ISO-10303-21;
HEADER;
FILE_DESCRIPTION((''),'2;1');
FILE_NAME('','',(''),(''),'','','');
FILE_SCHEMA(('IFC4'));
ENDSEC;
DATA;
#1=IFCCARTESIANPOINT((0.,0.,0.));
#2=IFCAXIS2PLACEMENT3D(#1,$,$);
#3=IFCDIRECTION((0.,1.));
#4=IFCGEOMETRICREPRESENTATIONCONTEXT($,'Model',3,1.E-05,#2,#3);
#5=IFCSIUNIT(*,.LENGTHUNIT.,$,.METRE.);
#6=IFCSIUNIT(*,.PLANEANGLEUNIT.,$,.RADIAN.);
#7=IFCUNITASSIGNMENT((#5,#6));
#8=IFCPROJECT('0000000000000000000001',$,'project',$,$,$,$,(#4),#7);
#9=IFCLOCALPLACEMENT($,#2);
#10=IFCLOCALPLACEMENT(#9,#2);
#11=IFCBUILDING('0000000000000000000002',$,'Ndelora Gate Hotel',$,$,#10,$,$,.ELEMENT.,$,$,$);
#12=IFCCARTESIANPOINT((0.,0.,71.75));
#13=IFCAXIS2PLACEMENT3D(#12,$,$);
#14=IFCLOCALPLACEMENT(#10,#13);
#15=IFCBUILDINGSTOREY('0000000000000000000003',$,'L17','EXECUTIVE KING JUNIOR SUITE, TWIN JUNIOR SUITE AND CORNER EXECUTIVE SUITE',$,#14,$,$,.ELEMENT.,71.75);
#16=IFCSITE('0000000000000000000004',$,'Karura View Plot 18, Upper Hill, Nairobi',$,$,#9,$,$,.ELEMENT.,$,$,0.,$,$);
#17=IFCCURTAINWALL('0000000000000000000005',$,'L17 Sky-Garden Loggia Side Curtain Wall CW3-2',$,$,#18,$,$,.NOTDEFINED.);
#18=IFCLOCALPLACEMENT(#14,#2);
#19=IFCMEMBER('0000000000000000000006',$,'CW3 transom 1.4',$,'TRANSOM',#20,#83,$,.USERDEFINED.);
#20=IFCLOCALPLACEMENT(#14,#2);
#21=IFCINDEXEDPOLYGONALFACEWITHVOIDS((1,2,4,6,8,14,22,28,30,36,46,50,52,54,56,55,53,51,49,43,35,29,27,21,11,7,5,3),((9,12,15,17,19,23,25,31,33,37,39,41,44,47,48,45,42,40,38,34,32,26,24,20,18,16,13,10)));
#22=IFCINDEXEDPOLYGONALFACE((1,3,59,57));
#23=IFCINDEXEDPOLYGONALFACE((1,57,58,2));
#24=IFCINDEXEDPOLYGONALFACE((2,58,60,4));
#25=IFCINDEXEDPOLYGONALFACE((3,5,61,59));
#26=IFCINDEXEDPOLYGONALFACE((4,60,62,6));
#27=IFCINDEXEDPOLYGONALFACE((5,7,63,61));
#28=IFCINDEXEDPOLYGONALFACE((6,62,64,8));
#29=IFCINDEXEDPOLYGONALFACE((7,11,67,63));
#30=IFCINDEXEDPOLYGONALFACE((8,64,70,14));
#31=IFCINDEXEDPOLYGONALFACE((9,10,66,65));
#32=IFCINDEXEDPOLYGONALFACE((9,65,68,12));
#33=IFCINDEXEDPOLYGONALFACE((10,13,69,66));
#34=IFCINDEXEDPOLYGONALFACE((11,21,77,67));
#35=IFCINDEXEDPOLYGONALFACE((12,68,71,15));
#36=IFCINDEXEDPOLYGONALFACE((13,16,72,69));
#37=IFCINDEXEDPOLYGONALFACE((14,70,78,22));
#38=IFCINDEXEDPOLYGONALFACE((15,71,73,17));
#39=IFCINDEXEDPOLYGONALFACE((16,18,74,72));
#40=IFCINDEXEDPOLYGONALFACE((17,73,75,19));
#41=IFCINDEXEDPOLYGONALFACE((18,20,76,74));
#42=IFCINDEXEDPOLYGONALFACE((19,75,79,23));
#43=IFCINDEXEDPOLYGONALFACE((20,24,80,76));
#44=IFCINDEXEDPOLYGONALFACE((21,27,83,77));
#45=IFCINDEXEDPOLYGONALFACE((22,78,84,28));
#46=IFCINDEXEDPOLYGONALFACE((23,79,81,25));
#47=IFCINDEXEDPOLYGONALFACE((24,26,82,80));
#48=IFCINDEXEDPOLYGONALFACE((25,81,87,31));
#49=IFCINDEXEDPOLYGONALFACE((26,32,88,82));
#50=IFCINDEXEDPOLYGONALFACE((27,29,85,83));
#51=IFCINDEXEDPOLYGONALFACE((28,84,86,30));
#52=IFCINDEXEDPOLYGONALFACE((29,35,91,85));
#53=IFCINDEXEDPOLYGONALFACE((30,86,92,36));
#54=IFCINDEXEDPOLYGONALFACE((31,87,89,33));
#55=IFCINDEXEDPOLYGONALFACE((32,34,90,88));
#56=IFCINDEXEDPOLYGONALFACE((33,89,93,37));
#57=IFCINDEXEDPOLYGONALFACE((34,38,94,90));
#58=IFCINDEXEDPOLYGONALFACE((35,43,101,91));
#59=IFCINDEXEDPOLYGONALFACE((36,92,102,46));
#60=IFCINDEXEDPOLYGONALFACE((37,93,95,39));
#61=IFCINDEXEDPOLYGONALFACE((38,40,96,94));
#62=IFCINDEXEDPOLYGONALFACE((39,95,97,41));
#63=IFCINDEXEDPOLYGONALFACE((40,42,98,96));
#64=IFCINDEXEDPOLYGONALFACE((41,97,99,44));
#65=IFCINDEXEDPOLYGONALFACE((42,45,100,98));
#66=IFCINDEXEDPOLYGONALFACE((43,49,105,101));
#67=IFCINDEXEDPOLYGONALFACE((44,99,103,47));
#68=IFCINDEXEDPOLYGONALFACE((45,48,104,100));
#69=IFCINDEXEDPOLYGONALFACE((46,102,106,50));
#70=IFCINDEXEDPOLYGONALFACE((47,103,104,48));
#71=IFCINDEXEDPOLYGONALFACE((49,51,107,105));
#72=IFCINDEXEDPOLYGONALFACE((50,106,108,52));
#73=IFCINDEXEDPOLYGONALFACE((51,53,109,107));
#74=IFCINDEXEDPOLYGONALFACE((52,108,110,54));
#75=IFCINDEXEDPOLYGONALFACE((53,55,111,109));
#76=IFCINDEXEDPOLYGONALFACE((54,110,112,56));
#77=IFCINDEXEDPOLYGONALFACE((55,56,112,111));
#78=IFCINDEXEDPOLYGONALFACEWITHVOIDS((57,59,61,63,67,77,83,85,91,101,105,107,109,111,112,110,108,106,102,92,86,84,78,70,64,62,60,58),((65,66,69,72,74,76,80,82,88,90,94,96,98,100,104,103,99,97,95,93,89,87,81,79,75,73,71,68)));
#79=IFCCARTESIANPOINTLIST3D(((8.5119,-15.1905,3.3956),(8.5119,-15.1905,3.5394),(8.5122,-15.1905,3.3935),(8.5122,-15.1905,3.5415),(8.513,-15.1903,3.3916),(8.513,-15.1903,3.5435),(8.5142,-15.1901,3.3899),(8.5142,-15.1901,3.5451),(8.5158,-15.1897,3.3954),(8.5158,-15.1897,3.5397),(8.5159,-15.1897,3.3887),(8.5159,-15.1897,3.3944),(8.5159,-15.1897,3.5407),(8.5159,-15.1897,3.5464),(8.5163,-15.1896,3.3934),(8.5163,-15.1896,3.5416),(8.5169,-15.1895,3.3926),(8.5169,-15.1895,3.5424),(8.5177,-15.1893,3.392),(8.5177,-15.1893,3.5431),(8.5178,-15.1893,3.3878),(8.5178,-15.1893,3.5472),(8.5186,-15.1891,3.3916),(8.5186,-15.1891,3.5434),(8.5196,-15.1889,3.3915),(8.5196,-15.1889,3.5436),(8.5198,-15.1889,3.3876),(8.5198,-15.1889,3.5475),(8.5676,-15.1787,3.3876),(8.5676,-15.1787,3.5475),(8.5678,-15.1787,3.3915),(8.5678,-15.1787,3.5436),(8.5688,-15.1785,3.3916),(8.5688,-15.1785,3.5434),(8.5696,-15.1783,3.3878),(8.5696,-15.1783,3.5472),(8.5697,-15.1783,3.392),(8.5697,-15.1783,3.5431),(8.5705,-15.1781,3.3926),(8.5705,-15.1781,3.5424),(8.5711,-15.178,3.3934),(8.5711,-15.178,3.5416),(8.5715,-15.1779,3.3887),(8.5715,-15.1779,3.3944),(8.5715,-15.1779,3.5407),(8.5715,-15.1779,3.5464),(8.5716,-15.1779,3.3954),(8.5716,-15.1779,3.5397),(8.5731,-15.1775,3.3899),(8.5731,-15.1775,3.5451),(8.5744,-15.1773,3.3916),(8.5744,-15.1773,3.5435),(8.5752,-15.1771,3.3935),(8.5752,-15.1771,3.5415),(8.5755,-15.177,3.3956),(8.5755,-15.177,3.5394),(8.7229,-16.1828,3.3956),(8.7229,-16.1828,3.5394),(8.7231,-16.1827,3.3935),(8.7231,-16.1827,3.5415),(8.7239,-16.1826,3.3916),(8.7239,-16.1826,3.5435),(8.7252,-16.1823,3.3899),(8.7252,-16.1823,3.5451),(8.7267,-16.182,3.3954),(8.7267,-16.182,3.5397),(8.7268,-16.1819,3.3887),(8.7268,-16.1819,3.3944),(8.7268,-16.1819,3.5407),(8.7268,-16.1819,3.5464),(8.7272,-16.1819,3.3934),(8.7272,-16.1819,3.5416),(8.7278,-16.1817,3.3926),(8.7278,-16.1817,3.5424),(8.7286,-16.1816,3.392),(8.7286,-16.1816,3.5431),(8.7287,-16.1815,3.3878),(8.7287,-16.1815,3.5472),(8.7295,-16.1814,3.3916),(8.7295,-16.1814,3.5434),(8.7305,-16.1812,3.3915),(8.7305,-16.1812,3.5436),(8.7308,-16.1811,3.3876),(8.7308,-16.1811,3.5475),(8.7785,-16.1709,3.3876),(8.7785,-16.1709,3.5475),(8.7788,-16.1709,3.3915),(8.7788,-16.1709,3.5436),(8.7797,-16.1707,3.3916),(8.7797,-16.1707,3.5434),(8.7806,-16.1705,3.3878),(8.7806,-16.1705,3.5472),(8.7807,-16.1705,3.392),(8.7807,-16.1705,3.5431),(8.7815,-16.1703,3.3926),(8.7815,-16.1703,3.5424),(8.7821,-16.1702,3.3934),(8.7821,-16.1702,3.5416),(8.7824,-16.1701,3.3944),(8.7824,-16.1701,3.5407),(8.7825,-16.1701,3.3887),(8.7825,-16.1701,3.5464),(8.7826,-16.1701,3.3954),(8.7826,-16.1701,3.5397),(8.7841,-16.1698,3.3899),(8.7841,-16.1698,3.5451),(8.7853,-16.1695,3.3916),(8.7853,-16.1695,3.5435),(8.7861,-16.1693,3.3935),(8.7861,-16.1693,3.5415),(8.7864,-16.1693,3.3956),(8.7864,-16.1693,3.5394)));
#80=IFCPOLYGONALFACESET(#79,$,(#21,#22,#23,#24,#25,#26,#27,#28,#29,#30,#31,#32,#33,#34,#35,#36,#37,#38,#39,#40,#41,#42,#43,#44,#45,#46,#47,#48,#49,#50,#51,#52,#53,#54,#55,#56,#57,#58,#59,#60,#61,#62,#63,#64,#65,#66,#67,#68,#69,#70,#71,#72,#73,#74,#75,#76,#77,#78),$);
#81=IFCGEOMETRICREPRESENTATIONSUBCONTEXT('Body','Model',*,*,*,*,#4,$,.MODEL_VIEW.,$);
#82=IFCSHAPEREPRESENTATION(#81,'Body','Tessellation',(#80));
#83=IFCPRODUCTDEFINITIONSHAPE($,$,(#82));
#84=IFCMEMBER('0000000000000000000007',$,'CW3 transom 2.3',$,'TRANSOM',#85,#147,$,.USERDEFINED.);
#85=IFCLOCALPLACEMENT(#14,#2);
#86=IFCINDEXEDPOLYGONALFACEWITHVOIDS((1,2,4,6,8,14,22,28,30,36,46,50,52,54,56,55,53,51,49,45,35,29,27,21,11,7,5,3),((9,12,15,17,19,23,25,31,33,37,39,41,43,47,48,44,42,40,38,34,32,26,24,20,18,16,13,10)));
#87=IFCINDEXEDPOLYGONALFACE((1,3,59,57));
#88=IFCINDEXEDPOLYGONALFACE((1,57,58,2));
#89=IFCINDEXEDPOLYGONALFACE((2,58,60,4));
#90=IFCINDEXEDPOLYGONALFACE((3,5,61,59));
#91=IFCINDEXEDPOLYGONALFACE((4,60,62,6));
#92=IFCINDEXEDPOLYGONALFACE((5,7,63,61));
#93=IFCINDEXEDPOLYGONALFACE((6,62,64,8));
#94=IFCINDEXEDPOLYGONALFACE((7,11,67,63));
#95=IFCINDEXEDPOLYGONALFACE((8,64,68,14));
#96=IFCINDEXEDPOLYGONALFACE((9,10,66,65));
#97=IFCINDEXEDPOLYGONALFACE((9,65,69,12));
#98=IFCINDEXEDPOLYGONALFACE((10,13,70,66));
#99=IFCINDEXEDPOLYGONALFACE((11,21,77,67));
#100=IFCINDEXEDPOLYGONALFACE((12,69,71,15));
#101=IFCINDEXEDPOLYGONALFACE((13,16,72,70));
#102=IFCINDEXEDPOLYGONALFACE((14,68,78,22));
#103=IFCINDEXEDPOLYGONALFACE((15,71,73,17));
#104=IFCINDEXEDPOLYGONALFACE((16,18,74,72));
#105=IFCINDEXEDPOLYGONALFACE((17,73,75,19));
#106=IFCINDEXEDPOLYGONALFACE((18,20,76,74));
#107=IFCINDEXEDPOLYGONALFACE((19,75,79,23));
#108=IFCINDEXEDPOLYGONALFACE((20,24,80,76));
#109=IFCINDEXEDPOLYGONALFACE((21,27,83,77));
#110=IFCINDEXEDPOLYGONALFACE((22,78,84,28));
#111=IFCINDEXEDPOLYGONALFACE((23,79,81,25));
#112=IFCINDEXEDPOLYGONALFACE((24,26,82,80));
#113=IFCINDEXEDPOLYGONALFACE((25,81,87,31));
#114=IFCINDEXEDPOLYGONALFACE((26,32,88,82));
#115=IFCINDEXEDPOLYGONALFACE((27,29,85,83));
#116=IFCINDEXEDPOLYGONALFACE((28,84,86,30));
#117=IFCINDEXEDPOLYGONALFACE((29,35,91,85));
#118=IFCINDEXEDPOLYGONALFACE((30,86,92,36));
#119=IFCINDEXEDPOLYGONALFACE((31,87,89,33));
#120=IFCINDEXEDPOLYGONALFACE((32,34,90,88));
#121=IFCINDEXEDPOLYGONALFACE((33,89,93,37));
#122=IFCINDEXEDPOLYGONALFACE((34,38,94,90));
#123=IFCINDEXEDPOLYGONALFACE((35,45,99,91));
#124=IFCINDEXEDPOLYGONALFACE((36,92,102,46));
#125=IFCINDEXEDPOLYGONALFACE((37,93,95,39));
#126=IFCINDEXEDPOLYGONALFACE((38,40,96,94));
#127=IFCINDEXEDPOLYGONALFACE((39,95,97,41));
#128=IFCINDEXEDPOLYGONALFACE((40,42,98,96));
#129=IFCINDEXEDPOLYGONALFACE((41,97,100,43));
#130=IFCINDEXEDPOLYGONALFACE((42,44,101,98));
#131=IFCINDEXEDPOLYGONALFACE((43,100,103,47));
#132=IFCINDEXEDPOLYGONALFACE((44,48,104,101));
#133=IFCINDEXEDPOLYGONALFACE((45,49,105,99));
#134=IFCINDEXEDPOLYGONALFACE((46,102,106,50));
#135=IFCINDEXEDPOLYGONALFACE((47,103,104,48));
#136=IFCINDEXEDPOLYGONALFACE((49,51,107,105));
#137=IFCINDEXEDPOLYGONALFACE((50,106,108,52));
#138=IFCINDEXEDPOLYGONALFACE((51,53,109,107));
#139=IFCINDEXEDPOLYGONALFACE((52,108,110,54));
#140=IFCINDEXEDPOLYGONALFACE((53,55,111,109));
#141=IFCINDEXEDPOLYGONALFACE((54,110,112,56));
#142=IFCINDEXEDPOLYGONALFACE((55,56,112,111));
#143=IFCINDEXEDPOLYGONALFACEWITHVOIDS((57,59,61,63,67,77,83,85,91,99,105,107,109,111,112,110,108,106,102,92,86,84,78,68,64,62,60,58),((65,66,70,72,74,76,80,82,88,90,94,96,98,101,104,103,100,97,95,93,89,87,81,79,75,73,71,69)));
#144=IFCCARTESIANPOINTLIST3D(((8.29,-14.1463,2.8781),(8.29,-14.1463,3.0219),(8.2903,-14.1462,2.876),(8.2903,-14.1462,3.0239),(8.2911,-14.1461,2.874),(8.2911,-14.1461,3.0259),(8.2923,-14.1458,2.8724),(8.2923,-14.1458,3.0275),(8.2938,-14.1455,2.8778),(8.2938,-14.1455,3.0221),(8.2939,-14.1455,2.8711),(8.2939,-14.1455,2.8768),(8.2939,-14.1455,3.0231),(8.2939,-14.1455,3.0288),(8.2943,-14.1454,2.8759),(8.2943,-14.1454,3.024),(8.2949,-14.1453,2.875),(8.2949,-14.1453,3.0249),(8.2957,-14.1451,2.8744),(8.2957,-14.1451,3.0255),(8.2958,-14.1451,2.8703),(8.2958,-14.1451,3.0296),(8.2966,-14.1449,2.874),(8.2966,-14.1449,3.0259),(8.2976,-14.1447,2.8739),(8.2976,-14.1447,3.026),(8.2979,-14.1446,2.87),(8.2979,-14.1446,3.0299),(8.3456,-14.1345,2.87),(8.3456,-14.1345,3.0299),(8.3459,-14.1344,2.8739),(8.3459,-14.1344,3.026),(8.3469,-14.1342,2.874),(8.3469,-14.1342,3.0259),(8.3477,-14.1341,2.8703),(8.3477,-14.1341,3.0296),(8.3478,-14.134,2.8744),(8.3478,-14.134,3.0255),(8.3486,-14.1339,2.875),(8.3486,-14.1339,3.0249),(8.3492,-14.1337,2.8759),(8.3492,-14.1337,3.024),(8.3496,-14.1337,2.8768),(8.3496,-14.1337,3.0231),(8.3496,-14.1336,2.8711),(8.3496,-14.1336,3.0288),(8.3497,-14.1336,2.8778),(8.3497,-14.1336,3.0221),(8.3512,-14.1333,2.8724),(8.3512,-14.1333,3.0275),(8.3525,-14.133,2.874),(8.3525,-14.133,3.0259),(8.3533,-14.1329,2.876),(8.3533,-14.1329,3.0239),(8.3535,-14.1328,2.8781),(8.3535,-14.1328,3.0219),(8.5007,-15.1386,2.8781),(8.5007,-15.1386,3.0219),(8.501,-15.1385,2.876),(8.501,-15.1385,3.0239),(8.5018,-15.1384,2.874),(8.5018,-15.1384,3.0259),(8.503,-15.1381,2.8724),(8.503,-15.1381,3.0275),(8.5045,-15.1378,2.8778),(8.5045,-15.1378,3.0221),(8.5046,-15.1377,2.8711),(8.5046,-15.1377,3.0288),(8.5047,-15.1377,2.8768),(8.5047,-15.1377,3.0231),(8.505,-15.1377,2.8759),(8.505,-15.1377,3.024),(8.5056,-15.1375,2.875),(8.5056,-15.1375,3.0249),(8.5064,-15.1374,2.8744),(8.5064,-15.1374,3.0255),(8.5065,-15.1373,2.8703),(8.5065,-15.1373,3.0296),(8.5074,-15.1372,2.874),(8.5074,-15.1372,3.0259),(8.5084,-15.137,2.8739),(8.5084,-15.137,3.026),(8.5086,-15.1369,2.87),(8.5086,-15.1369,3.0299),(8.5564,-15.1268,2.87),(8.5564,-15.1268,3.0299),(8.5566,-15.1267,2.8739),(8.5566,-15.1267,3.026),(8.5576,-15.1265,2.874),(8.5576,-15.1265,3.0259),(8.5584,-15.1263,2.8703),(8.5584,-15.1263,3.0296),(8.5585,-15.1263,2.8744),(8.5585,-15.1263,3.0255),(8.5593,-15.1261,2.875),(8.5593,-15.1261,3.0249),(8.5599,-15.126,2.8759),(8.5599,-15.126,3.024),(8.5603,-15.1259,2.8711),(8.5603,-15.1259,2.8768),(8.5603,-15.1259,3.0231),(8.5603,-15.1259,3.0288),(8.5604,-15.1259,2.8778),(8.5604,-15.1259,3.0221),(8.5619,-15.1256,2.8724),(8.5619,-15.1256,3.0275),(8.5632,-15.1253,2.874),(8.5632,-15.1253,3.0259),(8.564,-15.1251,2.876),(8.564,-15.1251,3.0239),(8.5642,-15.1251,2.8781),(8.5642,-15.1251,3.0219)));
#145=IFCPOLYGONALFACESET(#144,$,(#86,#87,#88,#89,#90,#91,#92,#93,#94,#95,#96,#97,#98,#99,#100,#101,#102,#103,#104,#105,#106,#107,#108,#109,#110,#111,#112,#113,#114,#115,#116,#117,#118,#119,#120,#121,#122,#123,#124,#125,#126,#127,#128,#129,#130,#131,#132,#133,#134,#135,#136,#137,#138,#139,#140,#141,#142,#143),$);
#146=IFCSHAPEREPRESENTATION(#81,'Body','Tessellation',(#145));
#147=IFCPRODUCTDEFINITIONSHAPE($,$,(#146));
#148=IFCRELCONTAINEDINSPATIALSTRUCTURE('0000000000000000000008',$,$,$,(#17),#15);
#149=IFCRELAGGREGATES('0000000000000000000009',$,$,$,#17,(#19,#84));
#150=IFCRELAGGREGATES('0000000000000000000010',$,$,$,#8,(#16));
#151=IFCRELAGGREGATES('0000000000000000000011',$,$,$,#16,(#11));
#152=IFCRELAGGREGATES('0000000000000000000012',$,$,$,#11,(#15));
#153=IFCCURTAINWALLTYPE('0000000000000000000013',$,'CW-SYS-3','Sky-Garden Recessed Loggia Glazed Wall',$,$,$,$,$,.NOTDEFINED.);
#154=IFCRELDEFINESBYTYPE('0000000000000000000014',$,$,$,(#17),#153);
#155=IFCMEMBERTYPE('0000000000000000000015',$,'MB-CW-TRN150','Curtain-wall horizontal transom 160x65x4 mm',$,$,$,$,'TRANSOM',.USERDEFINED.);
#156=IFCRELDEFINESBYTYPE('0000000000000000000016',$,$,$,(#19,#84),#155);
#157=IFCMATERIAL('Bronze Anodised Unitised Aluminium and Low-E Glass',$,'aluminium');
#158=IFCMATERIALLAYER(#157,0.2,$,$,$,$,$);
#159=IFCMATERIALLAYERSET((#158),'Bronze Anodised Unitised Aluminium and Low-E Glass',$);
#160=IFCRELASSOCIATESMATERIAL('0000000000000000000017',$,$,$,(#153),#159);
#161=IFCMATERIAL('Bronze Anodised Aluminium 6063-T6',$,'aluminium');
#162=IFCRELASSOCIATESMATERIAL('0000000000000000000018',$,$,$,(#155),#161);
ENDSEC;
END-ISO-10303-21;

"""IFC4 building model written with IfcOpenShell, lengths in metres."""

from ifc_helpers import new_model, si_unit, direction, frame, origin, origin_2d, place, context, subcontext, project, spatial, hollow_rectangle, extrude, material, layer, layer_set, material_profile, profile_set, type_object, element, aggregate, save


model = new_model("IFC4")

# Units and contexts
model_context = context("Model", 3, precision=1e-05, world=origin(), true_north=direction((0.0, 1.0)))
body_context = subcontext(model_context, "Body", "Model", "MODEL_VIEW")
ifc_project = project(units=[si_unit("LENGTHUNIT", "METRE"), si_unit("PLANEANGLEUNIT", "RADIAN")], contexts=[model_context])

# Site, building, storey
site_placement = place(None, origin())
site = spatial("IfcSite", under=ifc_project, at=site_placement, Name="Karura View Plot 18, Upper Hill, Nairobi", CompositionType="ELEMENT", RefElevation=0.0)
building_placement = place(site_placement, origin())
building = spatial("IfcBuilding", under=site, at=building_placement, Name="Ndelora Gate Hotel", CompositionType="ELEMENT")
storey_placement = place(building_placement, frame((0.0, 0.0, 71.75)))
storey = spatial("IfcBuildingStorey", under=building, at=storey_placement, Name="L17", Description="EXECUTIVE KING JUNIOR SUITE, TWIN JUNIOR SUITE AND CORNER EXECUTIVE SUITE", CompositionType="ELEMENT", Elevation=71.75)

# Curtain wall, members
ifc_material_1 = material(Name="Bronze Anodised Unitised Aluminium and Low-E Glass", Category="aluminium")
ifc_layer_1 = layer(ifc_material_1, 0.2)
ifc_layer_set_1 = layer_set([ifc_layer_1], Name="Bronze Anodised Unitised Aluminium and Low-E Glass")
curtain_wall_type = type_object("IfcCurtainWallType", Name="CW-SYS-3", Description="Sky-Garden Recessed Loggia Glazed Wall", PredefinedType="NOTDEFINED", material=ifc_layer_set_1)
curtain_wall_placement = place(storey_placement, origin())
curtain_wall = element("IfcCurtainWall", 1, at=curtain_wall_placement, inside=storey, type_object=curtain_wall_type, Name="L17 Sky-Garden Loggia Side Curtain Wall CW3-2", PredefinedType="NOTDEFINED")
ifc_material_2 = material(Name="Bronze Anodised Aluminium 6063-T6", Category="aluminium")
ifc_material_profile_1 = material_profile(ifc_material_2, hollow_rectangle(XDim=0.0649, YDim=0.1599, WallThickness=0.0039, InnerFilletRadius=0.0039, OuterFilletRadius=0.0081, at=origin_2d()), Name="ALU 160x65x4")
ifc_profile_set_1 = profile_set([ifc_material_profile_1], Name="Bronze Anodised Aluminium 6063-T6")
member_type_1 = type_object("IfcMemberType", Name="MB-CW-TRN150", Description="Curtain-wall horizontal transom 160x65x4 mm", ElementType="TRANSOM", PredefinedType="USERDEFINED", material=ifc_profile_set_1)
member_1_placement = place(storey_placement, frame((8.7546, -16.176, 3.4675), z_axis=(-0.207951, 0.978139, 0.0), x_axis=(-0.978139, -0.207951, 0.0)))
member_1 = element("IfcMember", 2, at=member_1_placement, type_object=member_type_1, Name="CW3 transom 1.4", ObjectType="TRANSOM", PredefinedType="USERDEFINED", context=body_context, shape_type="SweptSolid", body=[
    extrude(hollow_rectangle(XDim=0.0649, YDim=0.1599, WallThickness=0.0039, InnerFilletRadius=0.0039, OuterFilletRadius=0.0081, at=origin_2d()), origin(), (0.0, 0.0, 1.0), 1.0144),
])
member_2_placement = place(storey_placement, frame((8.5325, -15.1318, 2.95), z_axis=(-0.207721, 0.978188, 0.0), x_axis=(-0.978188, -0.207721, 0.0)))
member_2 = element("IfcMember", 3, at=member_2_placement, type_object=member_type_1, Name="CW3 transom 2.3", ObjectType="TRANSOM", PredefinedType="USERDEFINED", context=body_context, shape_type="SweptSolid", body=[
    extrude(hollow_rectangle(XDim=0.0649, YDim=0.1599, WallThickness=0.0039, InnerFilletRadius=0.0039, OuterFilletRadius=0.0081, at=origin_2d()), origin(), (0.0, 0.0, 1.0), 1.0144),
])
aggregate(curtain_wall, [member_1, member_2])

save(model, "model.ifc")
